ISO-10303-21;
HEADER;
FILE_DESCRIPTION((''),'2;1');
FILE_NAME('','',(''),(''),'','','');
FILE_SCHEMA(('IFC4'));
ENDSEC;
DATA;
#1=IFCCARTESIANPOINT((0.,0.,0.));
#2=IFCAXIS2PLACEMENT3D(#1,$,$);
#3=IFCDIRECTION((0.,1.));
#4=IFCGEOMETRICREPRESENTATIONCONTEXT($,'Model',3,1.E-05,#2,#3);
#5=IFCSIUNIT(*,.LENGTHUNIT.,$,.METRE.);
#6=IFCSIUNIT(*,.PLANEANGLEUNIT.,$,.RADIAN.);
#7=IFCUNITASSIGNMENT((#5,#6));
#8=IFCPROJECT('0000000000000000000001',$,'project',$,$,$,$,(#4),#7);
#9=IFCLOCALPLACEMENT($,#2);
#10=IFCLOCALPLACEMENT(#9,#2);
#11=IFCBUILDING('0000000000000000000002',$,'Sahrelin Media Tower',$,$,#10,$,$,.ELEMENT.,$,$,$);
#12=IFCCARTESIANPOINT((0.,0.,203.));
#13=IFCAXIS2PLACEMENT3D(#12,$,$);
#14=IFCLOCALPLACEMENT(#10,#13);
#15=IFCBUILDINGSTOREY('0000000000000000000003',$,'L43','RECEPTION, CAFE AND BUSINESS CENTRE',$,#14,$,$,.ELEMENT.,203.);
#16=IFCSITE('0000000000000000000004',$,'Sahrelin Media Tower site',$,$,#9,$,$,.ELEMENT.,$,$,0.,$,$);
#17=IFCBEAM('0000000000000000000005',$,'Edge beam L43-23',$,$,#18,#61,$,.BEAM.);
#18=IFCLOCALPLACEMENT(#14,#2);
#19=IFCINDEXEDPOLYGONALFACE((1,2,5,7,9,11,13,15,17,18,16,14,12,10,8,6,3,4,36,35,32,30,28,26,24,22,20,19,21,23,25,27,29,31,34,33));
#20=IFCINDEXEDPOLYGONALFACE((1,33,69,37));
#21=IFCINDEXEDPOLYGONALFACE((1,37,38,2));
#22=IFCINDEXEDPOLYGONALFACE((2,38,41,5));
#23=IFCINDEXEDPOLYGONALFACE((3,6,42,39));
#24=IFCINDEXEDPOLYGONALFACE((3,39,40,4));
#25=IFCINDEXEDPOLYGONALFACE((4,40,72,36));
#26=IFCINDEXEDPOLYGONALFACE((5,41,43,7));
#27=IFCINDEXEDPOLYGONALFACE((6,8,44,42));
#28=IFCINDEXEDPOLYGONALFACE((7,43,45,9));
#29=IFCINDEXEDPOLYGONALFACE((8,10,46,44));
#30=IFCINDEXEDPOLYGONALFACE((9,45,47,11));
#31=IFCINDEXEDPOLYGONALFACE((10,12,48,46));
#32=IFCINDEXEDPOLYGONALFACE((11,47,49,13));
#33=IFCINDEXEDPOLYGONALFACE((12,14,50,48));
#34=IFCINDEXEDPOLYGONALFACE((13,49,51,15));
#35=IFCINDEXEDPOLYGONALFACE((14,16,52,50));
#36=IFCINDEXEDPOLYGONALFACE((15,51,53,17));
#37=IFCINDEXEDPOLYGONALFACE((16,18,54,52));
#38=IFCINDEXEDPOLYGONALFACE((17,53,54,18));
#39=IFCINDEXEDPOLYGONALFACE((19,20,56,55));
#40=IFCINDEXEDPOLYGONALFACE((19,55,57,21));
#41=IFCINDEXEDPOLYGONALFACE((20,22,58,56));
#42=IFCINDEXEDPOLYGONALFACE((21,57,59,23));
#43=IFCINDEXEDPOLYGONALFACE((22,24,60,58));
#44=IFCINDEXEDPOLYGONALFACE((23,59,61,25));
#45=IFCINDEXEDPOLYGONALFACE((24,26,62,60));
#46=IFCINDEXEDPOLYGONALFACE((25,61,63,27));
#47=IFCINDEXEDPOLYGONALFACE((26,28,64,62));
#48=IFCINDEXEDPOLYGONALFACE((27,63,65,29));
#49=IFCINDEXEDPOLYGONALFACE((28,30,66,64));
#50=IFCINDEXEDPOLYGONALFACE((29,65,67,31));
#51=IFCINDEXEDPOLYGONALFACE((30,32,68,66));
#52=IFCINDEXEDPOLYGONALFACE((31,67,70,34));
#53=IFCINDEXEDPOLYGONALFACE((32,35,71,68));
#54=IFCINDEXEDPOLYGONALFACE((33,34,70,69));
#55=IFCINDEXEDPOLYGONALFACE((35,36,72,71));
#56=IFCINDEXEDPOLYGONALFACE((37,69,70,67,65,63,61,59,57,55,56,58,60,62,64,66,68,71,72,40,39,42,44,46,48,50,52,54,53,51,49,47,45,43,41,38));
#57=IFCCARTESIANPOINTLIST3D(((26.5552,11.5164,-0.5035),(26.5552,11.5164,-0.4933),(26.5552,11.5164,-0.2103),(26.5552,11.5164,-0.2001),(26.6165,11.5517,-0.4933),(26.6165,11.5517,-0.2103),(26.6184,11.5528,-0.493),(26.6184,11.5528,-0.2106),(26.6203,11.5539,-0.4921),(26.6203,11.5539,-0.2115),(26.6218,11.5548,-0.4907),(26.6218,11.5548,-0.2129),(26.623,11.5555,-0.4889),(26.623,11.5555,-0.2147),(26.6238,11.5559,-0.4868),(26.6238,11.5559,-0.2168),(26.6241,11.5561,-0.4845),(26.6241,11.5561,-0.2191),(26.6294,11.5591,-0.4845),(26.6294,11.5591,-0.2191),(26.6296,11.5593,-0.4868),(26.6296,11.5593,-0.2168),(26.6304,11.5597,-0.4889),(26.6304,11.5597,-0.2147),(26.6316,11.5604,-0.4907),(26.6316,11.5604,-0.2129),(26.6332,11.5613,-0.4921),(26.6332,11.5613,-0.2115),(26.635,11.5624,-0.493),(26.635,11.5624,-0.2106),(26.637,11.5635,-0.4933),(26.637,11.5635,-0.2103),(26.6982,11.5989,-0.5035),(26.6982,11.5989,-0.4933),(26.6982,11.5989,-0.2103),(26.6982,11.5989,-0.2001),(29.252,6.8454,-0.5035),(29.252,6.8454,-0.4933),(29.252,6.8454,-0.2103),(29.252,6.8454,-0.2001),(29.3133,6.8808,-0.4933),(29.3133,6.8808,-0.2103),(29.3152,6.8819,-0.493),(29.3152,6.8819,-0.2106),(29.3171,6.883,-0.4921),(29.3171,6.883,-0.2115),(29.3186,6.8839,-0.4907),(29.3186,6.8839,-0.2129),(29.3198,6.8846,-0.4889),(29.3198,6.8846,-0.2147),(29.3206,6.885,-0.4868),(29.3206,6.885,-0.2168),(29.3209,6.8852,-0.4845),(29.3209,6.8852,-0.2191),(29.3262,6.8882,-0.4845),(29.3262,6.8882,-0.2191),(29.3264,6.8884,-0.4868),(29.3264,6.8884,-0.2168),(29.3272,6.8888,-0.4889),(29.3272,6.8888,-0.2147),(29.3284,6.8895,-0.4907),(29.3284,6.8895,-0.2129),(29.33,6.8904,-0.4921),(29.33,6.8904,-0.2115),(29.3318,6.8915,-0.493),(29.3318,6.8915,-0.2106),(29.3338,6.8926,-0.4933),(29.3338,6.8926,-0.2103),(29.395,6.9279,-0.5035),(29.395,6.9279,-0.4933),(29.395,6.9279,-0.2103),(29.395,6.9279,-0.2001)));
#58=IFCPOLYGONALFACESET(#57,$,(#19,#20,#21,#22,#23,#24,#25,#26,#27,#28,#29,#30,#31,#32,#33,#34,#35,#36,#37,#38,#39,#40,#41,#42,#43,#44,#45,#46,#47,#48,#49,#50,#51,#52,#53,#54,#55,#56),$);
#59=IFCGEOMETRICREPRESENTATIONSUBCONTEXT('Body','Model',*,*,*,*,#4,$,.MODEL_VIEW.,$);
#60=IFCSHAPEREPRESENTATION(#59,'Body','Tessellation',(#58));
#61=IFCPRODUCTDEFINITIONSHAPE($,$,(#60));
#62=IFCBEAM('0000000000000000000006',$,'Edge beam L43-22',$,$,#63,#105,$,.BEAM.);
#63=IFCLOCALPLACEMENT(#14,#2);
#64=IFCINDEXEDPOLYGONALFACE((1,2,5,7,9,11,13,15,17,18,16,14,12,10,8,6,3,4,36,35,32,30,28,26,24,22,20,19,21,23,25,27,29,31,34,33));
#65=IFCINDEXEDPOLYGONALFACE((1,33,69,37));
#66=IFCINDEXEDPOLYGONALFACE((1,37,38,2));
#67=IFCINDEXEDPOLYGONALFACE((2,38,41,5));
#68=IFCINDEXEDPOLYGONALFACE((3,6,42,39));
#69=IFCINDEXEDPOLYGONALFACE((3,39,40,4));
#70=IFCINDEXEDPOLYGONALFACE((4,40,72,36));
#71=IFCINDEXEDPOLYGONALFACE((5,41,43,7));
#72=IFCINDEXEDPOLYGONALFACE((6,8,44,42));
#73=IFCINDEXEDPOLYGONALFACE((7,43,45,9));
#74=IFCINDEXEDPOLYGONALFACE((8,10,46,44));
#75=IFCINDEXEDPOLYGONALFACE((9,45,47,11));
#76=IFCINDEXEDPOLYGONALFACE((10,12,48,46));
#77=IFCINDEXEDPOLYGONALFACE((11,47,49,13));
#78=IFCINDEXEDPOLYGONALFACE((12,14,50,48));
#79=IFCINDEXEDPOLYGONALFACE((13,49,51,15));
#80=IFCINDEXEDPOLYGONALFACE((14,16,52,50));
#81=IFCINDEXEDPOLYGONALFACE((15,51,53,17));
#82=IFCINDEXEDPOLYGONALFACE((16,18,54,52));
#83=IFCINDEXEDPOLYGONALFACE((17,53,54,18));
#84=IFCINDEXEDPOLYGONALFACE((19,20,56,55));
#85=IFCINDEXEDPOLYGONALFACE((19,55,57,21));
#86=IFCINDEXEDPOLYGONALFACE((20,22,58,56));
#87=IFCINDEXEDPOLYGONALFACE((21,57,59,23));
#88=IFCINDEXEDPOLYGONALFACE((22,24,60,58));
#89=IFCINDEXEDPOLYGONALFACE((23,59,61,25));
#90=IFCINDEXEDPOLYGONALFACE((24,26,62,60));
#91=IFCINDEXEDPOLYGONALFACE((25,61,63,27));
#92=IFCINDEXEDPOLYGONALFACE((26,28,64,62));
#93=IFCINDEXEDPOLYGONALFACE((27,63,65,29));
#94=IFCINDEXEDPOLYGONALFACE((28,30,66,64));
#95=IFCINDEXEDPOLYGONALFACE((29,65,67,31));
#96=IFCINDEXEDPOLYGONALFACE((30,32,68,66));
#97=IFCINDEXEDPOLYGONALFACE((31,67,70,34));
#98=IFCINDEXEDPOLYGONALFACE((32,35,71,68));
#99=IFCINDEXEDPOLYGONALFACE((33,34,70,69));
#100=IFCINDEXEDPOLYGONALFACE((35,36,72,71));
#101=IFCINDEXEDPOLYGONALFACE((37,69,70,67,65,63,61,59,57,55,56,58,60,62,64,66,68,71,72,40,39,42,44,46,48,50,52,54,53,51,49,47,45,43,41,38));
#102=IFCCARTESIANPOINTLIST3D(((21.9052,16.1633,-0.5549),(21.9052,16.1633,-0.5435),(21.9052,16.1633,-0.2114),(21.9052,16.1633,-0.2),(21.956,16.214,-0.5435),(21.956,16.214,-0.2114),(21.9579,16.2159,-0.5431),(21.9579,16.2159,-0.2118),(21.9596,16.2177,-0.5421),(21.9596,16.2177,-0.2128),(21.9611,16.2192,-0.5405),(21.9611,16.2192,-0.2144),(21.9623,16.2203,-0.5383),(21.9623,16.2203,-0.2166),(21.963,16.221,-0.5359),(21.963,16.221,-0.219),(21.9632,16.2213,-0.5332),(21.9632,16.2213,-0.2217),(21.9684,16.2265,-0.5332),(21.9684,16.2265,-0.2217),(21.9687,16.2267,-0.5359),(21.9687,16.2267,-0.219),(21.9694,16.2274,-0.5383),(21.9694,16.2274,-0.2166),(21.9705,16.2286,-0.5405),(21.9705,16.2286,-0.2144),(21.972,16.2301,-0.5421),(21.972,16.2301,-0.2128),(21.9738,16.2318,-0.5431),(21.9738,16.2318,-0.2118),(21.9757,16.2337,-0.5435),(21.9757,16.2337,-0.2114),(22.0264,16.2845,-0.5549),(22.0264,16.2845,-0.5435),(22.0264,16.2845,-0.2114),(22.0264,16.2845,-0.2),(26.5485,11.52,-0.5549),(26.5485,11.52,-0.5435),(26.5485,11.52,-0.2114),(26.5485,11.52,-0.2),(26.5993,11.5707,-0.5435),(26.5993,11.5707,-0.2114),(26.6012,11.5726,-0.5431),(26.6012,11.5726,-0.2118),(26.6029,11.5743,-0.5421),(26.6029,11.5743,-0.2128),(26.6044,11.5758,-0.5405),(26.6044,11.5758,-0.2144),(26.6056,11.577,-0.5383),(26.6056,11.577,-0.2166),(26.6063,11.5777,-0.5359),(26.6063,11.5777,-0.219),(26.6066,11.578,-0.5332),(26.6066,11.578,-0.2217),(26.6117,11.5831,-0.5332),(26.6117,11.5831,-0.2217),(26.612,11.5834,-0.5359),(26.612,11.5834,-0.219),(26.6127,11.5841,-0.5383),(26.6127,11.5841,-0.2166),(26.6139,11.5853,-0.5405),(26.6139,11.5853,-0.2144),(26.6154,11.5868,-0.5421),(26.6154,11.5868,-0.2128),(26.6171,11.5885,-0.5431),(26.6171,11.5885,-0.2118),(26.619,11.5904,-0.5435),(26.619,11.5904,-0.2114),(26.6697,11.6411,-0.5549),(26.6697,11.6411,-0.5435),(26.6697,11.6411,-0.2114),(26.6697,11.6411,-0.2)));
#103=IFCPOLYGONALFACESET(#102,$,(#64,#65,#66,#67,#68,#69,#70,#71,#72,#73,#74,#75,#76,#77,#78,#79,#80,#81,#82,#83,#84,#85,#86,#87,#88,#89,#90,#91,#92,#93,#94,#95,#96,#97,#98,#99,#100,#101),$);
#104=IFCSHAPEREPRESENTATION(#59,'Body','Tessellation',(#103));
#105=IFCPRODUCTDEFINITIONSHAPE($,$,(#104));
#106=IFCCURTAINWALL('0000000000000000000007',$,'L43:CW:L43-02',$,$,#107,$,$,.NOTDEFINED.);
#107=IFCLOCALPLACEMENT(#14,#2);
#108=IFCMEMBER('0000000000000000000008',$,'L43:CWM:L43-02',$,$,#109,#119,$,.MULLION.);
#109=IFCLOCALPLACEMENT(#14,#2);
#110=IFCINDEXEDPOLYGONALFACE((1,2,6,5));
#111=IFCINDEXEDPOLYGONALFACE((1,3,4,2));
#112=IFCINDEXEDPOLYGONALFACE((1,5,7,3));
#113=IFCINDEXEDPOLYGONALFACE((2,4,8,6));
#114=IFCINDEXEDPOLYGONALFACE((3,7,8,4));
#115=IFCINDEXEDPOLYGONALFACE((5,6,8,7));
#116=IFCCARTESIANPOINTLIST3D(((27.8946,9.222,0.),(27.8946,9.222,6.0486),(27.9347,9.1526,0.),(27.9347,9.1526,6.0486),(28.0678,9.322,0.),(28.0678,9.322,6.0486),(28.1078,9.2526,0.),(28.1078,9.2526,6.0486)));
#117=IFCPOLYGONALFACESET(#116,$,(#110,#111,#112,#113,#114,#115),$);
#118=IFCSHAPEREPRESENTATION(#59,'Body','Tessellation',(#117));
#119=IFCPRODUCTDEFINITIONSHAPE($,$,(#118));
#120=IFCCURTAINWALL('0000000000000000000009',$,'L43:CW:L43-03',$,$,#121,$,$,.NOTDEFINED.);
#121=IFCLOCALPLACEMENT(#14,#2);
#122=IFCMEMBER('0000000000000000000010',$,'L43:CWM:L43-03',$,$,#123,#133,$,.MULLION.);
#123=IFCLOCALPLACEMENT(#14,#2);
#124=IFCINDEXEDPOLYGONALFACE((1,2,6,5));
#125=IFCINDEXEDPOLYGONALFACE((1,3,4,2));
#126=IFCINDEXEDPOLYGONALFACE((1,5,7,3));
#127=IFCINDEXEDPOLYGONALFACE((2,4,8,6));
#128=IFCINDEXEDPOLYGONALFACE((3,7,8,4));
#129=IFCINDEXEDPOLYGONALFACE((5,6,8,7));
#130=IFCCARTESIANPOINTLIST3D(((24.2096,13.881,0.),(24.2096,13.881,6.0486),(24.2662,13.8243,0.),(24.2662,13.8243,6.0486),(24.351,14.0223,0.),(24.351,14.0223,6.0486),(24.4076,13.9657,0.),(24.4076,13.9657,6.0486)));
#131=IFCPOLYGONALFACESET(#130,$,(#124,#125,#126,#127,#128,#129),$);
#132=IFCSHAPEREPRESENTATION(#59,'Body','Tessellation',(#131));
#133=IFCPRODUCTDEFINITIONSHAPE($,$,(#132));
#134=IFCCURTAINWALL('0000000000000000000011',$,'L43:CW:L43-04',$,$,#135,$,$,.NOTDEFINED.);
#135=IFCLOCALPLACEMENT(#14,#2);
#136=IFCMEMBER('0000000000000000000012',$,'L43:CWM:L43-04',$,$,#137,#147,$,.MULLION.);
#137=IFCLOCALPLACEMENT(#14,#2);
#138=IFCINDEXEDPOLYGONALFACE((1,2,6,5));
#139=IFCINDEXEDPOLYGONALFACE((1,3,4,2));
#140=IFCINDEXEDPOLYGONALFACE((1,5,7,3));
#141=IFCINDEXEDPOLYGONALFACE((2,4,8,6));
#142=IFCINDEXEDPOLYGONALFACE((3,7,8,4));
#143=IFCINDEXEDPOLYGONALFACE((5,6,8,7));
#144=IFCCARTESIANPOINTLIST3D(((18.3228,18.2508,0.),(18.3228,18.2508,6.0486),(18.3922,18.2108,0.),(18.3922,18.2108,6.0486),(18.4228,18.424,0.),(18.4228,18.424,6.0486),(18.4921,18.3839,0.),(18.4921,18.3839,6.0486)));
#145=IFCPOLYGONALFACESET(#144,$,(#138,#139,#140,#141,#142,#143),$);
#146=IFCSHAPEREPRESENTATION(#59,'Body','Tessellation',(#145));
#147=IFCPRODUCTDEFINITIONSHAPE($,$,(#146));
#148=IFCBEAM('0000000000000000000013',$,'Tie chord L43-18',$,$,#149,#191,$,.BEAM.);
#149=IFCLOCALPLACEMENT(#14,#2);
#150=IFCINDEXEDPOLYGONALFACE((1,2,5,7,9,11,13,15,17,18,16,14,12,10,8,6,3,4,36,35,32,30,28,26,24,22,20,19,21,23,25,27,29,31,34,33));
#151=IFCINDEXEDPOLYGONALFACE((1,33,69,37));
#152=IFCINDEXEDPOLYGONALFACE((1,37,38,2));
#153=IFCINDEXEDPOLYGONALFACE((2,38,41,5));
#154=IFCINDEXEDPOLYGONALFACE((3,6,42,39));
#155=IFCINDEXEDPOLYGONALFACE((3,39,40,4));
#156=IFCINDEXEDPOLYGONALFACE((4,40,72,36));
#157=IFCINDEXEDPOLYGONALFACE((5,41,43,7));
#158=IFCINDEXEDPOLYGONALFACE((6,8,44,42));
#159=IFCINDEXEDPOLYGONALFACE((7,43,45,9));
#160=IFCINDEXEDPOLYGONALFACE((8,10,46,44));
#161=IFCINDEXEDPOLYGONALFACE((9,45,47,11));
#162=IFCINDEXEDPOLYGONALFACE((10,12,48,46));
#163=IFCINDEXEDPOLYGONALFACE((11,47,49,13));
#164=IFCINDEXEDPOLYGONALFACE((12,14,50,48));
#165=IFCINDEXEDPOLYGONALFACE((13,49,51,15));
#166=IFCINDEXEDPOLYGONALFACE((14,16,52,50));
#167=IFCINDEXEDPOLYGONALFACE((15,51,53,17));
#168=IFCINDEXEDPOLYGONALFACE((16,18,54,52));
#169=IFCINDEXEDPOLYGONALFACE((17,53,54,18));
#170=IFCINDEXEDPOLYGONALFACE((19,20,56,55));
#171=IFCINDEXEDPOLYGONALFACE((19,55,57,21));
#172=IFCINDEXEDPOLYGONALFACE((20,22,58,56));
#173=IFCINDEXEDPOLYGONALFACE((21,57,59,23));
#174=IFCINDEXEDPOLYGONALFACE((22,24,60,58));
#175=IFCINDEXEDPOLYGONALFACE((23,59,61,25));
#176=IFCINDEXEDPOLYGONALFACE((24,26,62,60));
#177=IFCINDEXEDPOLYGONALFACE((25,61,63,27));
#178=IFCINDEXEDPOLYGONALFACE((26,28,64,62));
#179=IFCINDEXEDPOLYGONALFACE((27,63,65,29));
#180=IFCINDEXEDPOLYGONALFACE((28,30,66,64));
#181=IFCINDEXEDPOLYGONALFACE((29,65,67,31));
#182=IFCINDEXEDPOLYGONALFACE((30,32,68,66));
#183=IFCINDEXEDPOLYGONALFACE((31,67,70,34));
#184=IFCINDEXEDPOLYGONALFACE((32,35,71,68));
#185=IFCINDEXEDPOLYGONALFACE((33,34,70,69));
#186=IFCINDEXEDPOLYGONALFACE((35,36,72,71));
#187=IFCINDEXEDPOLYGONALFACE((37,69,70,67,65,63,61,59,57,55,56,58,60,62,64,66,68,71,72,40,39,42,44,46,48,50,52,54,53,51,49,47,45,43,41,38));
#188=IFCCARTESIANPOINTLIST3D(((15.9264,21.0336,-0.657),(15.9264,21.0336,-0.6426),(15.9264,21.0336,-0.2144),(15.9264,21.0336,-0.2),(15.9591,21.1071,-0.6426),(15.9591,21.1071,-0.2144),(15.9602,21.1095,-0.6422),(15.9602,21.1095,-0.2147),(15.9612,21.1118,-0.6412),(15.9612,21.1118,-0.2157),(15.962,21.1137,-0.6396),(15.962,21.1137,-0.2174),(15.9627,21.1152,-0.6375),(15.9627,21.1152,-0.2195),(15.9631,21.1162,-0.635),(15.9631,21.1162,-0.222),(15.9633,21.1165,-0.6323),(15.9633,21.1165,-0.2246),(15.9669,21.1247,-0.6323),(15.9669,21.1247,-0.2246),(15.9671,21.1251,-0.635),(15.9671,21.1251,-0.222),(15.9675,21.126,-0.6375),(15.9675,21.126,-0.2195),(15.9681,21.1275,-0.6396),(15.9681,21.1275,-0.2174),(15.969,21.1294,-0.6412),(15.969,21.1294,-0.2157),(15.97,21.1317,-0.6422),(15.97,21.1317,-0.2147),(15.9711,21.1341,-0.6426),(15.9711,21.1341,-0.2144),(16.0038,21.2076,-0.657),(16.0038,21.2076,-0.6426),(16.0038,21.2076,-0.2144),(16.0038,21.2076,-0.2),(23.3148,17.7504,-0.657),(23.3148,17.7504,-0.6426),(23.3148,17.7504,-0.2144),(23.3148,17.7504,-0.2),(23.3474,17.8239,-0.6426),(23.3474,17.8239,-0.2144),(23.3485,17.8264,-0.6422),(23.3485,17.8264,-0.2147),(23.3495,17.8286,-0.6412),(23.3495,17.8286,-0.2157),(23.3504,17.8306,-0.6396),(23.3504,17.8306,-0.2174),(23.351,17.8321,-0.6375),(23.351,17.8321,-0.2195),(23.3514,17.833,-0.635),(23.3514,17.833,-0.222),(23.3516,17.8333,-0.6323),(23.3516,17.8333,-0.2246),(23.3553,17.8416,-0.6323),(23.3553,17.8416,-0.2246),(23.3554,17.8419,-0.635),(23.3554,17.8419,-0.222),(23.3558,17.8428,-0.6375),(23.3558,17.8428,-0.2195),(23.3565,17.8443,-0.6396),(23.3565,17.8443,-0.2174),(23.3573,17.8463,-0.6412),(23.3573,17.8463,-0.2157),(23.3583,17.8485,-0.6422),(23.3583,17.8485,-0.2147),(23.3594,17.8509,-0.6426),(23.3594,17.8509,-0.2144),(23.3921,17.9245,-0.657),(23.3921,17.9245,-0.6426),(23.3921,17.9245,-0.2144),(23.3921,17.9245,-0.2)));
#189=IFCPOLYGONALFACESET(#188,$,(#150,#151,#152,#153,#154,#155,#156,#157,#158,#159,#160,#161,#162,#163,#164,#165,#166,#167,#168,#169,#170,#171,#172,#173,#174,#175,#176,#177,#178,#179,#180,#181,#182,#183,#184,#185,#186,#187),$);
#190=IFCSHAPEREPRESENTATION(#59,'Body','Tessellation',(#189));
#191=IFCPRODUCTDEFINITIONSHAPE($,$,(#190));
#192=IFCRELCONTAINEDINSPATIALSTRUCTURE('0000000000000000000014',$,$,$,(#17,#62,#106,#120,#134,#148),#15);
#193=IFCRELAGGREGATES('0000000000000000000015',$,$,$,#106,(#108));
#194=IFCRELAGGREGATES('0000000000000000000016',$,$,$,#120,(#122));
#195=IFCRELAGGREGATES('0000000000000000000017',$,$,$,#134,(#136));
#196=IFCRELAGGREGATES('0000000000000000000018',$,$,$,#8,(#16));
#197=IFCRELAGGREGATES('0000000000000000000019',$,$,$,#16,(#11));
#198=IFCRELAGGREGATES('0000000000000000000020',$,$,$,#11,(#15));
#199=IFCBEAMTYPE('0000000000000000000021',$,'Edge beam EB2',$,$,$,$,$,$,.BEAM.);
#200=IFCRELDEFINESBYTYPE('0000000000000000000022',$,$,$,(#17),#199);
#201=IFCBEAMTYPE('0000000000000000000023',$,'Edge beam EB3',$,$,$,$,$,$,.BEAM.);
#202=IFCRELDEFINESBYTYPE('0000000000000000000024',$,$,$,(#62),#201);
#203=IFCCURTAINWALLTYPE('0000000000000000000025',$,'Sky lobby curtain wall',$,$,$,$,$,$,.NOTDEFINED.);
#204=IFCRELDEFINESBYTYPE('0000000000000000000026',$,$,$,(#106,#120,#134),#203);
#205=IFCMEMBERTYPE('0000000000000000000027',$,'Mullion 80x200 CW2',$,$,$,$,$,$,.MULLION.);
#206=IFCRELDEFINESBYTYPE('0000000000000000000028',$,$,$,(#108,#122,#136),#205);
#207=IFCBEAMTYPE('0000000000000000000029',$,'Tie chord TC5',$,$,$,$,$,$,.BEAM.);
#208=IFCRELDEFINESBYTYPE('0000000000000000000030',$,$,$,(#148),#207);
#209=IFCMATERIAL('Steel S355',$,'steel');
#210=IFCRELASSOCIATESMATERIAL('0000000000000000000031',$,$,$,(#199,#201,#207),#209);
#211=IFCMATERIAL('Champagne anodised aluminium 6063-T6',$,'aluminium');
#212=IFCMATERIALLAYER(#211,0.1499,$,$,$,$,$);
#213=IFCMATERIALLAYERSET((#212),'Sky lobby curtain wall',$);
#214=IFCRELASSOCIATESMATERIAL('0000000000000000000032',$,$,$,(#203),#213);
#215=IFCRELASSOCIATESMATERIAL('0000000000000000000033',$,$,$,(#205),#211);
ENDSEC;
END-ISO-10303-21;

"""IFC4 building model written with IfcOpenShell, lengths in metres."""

from ifc_helpers import new_model, si_unit, direction, frame, origin, origin_2d, place, context, subcontext, project, spatial, rectangle, i_section, extrude, material, layer, layer_set, material_profile, profile_set, type_object, element, aggregate, save


model = new_model("IFC4")

# Units and contexts
model_context = context("Model", 3, precision=1e-05, world=origin(), true_north=direction((0.0, 1.0)))
body_context = subcontext(model_context, "Body", "Model", "MODEL_VIEW")
ifc_project = project(units=[si_unit("LENGTHUNIT", "METRE"), si_unit("PLANEANGLEUNIT", "RADIAN")], contexts=[model_context])

# Site, building, storey
site_placement = place(None, origin())
site = spatial("IfcSite", under=ifc_project, at=site_placement, Name="Sahrelin Media Tower site", CompositionType="ELEMENT", RefElevation=0.0)
building_placement = place(site_placement, origin())
building = spatial("IfcBuilding", under=site, at=building_placement, Name="Sahrelin Media Tower", CompositionType="ELEMENT")
storey_placement = place(building_placement, frame((0.0, 0.0, 203.0)))
storey = spatial("IfcBuildingStorey", under=building, at=storey_placement, Name="L43", Description="RECEPTION, CAFE AND BUSINESS CENTRE", CompositionType="ELEMENT", Elevation=203.0)

# Beams
ifc_material_1 = material(Name="Steel S355", Category="steel")
ifc_material_profile_1 = material_profile(ifc_material_1, i_section(OverallWidth=0.165, OverallDepth=0.3035, WebThickness=0.0061, FlangeThickness=0.0103, FilletRadius=0.0088, at=origin_2d()), Name="UB 305x165x40")
ifc_profile_set_1 = profile_set([ifc_material_profile_1], Name="Steel S355")
beam_type_1 = type_object("IfcBeamType", Name="Edge beam EB2", PredefinedType="BEAM", material=ifc_profile_set_1)
beam_1_placement = place(storey_placement, frame((26.6267, 11.5576, -0.3518), z_axis=(0.500005, -0.866023, 0.0), x_axis=(0.866023, 0.500005, 0.0)))
element("IfcBeam", 1, at=beam_1_placement, inside=storey, type_object=beam_type_1, Name="Edge beam L43-23", PredefinedType="BEAM", context=body_context, shape_type="SweptSolid", body=[
    extrude(i_section(OverallWidth=0.165, OverallDepth=0.3035, WebThickness=0.0061, FlangeThickness=0.0103, FilletRadius=0.0088, at=origin_2d()), origin(), (0.0, 0.0, 1.0), 5.3936),
])
ifc_material_profile_2 = material_profile(ifc_material_1, i_section(OverallWidth=0.1714, OverallDepth=0.355, WebThickness=0.0073, FlangeThickness=0.0115, FilletRadius=0.0103, at=origin_2d()), Name="UB 356x171x51")
ifc_profile_set_2 = profile_set([ifc_material_profile_2], Name="Steel S355")
beam_type_2 = type_object("IfcBeamType", Name="Edge beam EB3", PredefinedType="BEAM", material=ifc_profile_set_2)
beam_2_placement = place(storey_placement, frame((21.9658, 16.2239, -0.3774), z_axis=(0.707107, -0.707107, 0.0), x_axis=(0.707107, 0.707107, 0.0)))
element("IfcBeam", 2, at=beam_2_placement, inside=storey, type_object=beam_type_2, Name="Edge beam L43-22", PredefinedType="BEAM", context=body_context, shape_type="SweptSolid", body=[
    extrude(i_section(OverallWidth=0.1714, OverallDepth=0.355, WebThickness=0.0073, FlangeThickness=0.0115, FilletRadius=0.0103, at=origin_2d()), origin(), (0.0, 0.0, 1.0), 6.5667),
])

# Curtain walls, members
ifc_material_2 = material(Name="Champagne anodised aluminium 6063-T6", Category="aluminium")
ifc_layer_1 = layer(ifc_material_2, 0.1499)
ifc_layer_set_1 = layer_set([ifc_layer_1], Name="Sky lobby curtain wall")
curtain_wall_type = type_object("IfcCurtainWallType", Name="Sky lobby curtain wall", PredefinedType="NOTDEFINED", material=ifc_layer_set_1)
curtain_wall_1_placement = place(storey_placement, frame((28.105, 9.2971, 0.0), z_axis=(0.0, 0.0, 1.0), x_axis=(1.0, 0.0, 0.0)))
curtain_wall_1 = element("IfcCurtainWall", 3, at=curtain_wall_1_placement, inside=storey, type_object=curtain_wall_type, Name="L43:CW:L43-02", PredefinedType="NOTDEFINED")
ifc_material_profile_3 = material_profile(ifc_material_2, rectangle(XDim=0.0801, YDim=0.2, at=origin_2d()), Name="Mullion 80x200")
ifc_profile_set_3 = profile_set([ifc_material_profile_3], Name="Champagne anodised aluminium 6063-T6")
member_type_1 = type_object("IfcMemberType", Name="Mullion 80x200 CW2", PredefinedType="MULLION", material=ifc_profile_set_3)
member_1_placement = place(storey_placement, frame((28.0012, 9.2373, 0.0), z_axis=(0.0, 0.0, 1.0), x_axis=(-0.500003, 0.866024, 0.0)))
member_1 = element("IfcMember", 4, at=member_1_placement, type_object=member_type_1, Name="L43:CWM:L43-02", PredefinedType="MULLION", context=body_context, shape_type="SweptSolid", body=[
    extrude(rectangle(XDim=0.0801, YDim=0.2, at=origin_2d()), origin(), (0.0, 0.0, 1.0), 6.0486),
])
aggregate(curtain_wall_1, [member_1])
curtain_wall_2_placement = place(storey_placement, frame((24.3936, 14.0083, 0.0), z_axis=(0.0, 0.0, 1.0), x_axis=(1.0, 0.0, 0.0)))
curtain_wall_2 = element("IfcCurtainWall", 5, at=curtain_wall_2_placement, inside=storey, type_object=curtain_wall_type, Name="L43:CW:L43-03", PredefinedType="NOTDEFINED")
member_2_placement = place(storey_placement, frame((24.3086, 13.9233, 0.0), z_axis=(0.0, 0.0, 1.0), x_axis=(-0.707107, 0.707107, 0.0)))
member_2 = element("IfcMember", 6, at=member_2_placement, type_object=member_type_1, Name="L43:CWM:L43-03", PredefinedType="MULLION", context=body_context, shape_type="SweptSolid", body=[
    extrude(rectangle(XDim=0.0801, YDim=0.2, at=origin_2d()), origin(), (0.0, 0.0, 1.0), 6.0486),
])
curtain_wall_3_placement = place(storey_placement, frame((18.4673, 18.4211, 0.0), z_axis=(0.0, 0.0, 1.0), x_axis=(1.0, 0.0, 0.0)))
curtain_wall_3 = element("IfcCurtainWall", 7, at=curtain_wall_3_placement, inside=storey, type_object=curtain_wall_type, Name="L43:CW:L43-04", PredefinedType="NOTDEFINED")
member_3_placement = place(storey_placement, frame((18.4075, 18.3174, 0.0), z_axis=(0.0, 0.0, 1.0), x_axis=(-0.866027, 0.499997, 0.0)))
member_3 = element("IfcMember", 8, at=member_3_placement, type_object=member_type_1, Name="L43:CWM:L43-04", PredefinedType="MULLION", context=body_context, shape_type="SweptSolid", body=[
    extrude(rectangle(XDim=0.0801, YDim=0.2, at=origin_2d()), origin(), (0.0, 0.0, 1.0), 6.0486),
])

# Beam
ifc_material_profile_4 = material_profile(ifc_material_1, i_section(OverallWidth=0.1904, OverallDepth=0.457, WebThickness=0.009, FlangeThickness=0.0144, FilletRadius=0.0103, at=origin_2d()), Name="UB 457x191x74")
ifc_profile_set_4 = profile_set([ifc_material_profile_4], Name="Steel S355")
beam_type_3 = type_object("IfcBeamType", Name="Tie chord TC5", PredefinedType="BEAM", material=ifc_profile_set_4)
beam_3_placement = place(storey_placement, frame((15.9651, 21.1206, -0.4285), z_axis=(0.913836, -0.406082, 0.0), x_axis=(0.406082, 0.913836, 0.0)))
element("IfcBeam", 9, at=beam_3_placement, inside=storey, type_object=beam_type_3, Name="Tie chord L43-18", PredefinedType="BEAM", context=body_context, shape_type="SweptSolid", body=[
    extrude(i_section(OverallWidth=0.1904, OverallDepth=0.457, WebThickness=0.009, FlangeThickness=0.0144, FilletRadius=0.0103, at=origin_2d()), origin(), (0.0, 0.0, 1.0), 8.085),
])

aggregate(curtain_wall_2, [member_2])
aggregate(curtain_wall_3, [member_3])

save(model, "model.ifc")
